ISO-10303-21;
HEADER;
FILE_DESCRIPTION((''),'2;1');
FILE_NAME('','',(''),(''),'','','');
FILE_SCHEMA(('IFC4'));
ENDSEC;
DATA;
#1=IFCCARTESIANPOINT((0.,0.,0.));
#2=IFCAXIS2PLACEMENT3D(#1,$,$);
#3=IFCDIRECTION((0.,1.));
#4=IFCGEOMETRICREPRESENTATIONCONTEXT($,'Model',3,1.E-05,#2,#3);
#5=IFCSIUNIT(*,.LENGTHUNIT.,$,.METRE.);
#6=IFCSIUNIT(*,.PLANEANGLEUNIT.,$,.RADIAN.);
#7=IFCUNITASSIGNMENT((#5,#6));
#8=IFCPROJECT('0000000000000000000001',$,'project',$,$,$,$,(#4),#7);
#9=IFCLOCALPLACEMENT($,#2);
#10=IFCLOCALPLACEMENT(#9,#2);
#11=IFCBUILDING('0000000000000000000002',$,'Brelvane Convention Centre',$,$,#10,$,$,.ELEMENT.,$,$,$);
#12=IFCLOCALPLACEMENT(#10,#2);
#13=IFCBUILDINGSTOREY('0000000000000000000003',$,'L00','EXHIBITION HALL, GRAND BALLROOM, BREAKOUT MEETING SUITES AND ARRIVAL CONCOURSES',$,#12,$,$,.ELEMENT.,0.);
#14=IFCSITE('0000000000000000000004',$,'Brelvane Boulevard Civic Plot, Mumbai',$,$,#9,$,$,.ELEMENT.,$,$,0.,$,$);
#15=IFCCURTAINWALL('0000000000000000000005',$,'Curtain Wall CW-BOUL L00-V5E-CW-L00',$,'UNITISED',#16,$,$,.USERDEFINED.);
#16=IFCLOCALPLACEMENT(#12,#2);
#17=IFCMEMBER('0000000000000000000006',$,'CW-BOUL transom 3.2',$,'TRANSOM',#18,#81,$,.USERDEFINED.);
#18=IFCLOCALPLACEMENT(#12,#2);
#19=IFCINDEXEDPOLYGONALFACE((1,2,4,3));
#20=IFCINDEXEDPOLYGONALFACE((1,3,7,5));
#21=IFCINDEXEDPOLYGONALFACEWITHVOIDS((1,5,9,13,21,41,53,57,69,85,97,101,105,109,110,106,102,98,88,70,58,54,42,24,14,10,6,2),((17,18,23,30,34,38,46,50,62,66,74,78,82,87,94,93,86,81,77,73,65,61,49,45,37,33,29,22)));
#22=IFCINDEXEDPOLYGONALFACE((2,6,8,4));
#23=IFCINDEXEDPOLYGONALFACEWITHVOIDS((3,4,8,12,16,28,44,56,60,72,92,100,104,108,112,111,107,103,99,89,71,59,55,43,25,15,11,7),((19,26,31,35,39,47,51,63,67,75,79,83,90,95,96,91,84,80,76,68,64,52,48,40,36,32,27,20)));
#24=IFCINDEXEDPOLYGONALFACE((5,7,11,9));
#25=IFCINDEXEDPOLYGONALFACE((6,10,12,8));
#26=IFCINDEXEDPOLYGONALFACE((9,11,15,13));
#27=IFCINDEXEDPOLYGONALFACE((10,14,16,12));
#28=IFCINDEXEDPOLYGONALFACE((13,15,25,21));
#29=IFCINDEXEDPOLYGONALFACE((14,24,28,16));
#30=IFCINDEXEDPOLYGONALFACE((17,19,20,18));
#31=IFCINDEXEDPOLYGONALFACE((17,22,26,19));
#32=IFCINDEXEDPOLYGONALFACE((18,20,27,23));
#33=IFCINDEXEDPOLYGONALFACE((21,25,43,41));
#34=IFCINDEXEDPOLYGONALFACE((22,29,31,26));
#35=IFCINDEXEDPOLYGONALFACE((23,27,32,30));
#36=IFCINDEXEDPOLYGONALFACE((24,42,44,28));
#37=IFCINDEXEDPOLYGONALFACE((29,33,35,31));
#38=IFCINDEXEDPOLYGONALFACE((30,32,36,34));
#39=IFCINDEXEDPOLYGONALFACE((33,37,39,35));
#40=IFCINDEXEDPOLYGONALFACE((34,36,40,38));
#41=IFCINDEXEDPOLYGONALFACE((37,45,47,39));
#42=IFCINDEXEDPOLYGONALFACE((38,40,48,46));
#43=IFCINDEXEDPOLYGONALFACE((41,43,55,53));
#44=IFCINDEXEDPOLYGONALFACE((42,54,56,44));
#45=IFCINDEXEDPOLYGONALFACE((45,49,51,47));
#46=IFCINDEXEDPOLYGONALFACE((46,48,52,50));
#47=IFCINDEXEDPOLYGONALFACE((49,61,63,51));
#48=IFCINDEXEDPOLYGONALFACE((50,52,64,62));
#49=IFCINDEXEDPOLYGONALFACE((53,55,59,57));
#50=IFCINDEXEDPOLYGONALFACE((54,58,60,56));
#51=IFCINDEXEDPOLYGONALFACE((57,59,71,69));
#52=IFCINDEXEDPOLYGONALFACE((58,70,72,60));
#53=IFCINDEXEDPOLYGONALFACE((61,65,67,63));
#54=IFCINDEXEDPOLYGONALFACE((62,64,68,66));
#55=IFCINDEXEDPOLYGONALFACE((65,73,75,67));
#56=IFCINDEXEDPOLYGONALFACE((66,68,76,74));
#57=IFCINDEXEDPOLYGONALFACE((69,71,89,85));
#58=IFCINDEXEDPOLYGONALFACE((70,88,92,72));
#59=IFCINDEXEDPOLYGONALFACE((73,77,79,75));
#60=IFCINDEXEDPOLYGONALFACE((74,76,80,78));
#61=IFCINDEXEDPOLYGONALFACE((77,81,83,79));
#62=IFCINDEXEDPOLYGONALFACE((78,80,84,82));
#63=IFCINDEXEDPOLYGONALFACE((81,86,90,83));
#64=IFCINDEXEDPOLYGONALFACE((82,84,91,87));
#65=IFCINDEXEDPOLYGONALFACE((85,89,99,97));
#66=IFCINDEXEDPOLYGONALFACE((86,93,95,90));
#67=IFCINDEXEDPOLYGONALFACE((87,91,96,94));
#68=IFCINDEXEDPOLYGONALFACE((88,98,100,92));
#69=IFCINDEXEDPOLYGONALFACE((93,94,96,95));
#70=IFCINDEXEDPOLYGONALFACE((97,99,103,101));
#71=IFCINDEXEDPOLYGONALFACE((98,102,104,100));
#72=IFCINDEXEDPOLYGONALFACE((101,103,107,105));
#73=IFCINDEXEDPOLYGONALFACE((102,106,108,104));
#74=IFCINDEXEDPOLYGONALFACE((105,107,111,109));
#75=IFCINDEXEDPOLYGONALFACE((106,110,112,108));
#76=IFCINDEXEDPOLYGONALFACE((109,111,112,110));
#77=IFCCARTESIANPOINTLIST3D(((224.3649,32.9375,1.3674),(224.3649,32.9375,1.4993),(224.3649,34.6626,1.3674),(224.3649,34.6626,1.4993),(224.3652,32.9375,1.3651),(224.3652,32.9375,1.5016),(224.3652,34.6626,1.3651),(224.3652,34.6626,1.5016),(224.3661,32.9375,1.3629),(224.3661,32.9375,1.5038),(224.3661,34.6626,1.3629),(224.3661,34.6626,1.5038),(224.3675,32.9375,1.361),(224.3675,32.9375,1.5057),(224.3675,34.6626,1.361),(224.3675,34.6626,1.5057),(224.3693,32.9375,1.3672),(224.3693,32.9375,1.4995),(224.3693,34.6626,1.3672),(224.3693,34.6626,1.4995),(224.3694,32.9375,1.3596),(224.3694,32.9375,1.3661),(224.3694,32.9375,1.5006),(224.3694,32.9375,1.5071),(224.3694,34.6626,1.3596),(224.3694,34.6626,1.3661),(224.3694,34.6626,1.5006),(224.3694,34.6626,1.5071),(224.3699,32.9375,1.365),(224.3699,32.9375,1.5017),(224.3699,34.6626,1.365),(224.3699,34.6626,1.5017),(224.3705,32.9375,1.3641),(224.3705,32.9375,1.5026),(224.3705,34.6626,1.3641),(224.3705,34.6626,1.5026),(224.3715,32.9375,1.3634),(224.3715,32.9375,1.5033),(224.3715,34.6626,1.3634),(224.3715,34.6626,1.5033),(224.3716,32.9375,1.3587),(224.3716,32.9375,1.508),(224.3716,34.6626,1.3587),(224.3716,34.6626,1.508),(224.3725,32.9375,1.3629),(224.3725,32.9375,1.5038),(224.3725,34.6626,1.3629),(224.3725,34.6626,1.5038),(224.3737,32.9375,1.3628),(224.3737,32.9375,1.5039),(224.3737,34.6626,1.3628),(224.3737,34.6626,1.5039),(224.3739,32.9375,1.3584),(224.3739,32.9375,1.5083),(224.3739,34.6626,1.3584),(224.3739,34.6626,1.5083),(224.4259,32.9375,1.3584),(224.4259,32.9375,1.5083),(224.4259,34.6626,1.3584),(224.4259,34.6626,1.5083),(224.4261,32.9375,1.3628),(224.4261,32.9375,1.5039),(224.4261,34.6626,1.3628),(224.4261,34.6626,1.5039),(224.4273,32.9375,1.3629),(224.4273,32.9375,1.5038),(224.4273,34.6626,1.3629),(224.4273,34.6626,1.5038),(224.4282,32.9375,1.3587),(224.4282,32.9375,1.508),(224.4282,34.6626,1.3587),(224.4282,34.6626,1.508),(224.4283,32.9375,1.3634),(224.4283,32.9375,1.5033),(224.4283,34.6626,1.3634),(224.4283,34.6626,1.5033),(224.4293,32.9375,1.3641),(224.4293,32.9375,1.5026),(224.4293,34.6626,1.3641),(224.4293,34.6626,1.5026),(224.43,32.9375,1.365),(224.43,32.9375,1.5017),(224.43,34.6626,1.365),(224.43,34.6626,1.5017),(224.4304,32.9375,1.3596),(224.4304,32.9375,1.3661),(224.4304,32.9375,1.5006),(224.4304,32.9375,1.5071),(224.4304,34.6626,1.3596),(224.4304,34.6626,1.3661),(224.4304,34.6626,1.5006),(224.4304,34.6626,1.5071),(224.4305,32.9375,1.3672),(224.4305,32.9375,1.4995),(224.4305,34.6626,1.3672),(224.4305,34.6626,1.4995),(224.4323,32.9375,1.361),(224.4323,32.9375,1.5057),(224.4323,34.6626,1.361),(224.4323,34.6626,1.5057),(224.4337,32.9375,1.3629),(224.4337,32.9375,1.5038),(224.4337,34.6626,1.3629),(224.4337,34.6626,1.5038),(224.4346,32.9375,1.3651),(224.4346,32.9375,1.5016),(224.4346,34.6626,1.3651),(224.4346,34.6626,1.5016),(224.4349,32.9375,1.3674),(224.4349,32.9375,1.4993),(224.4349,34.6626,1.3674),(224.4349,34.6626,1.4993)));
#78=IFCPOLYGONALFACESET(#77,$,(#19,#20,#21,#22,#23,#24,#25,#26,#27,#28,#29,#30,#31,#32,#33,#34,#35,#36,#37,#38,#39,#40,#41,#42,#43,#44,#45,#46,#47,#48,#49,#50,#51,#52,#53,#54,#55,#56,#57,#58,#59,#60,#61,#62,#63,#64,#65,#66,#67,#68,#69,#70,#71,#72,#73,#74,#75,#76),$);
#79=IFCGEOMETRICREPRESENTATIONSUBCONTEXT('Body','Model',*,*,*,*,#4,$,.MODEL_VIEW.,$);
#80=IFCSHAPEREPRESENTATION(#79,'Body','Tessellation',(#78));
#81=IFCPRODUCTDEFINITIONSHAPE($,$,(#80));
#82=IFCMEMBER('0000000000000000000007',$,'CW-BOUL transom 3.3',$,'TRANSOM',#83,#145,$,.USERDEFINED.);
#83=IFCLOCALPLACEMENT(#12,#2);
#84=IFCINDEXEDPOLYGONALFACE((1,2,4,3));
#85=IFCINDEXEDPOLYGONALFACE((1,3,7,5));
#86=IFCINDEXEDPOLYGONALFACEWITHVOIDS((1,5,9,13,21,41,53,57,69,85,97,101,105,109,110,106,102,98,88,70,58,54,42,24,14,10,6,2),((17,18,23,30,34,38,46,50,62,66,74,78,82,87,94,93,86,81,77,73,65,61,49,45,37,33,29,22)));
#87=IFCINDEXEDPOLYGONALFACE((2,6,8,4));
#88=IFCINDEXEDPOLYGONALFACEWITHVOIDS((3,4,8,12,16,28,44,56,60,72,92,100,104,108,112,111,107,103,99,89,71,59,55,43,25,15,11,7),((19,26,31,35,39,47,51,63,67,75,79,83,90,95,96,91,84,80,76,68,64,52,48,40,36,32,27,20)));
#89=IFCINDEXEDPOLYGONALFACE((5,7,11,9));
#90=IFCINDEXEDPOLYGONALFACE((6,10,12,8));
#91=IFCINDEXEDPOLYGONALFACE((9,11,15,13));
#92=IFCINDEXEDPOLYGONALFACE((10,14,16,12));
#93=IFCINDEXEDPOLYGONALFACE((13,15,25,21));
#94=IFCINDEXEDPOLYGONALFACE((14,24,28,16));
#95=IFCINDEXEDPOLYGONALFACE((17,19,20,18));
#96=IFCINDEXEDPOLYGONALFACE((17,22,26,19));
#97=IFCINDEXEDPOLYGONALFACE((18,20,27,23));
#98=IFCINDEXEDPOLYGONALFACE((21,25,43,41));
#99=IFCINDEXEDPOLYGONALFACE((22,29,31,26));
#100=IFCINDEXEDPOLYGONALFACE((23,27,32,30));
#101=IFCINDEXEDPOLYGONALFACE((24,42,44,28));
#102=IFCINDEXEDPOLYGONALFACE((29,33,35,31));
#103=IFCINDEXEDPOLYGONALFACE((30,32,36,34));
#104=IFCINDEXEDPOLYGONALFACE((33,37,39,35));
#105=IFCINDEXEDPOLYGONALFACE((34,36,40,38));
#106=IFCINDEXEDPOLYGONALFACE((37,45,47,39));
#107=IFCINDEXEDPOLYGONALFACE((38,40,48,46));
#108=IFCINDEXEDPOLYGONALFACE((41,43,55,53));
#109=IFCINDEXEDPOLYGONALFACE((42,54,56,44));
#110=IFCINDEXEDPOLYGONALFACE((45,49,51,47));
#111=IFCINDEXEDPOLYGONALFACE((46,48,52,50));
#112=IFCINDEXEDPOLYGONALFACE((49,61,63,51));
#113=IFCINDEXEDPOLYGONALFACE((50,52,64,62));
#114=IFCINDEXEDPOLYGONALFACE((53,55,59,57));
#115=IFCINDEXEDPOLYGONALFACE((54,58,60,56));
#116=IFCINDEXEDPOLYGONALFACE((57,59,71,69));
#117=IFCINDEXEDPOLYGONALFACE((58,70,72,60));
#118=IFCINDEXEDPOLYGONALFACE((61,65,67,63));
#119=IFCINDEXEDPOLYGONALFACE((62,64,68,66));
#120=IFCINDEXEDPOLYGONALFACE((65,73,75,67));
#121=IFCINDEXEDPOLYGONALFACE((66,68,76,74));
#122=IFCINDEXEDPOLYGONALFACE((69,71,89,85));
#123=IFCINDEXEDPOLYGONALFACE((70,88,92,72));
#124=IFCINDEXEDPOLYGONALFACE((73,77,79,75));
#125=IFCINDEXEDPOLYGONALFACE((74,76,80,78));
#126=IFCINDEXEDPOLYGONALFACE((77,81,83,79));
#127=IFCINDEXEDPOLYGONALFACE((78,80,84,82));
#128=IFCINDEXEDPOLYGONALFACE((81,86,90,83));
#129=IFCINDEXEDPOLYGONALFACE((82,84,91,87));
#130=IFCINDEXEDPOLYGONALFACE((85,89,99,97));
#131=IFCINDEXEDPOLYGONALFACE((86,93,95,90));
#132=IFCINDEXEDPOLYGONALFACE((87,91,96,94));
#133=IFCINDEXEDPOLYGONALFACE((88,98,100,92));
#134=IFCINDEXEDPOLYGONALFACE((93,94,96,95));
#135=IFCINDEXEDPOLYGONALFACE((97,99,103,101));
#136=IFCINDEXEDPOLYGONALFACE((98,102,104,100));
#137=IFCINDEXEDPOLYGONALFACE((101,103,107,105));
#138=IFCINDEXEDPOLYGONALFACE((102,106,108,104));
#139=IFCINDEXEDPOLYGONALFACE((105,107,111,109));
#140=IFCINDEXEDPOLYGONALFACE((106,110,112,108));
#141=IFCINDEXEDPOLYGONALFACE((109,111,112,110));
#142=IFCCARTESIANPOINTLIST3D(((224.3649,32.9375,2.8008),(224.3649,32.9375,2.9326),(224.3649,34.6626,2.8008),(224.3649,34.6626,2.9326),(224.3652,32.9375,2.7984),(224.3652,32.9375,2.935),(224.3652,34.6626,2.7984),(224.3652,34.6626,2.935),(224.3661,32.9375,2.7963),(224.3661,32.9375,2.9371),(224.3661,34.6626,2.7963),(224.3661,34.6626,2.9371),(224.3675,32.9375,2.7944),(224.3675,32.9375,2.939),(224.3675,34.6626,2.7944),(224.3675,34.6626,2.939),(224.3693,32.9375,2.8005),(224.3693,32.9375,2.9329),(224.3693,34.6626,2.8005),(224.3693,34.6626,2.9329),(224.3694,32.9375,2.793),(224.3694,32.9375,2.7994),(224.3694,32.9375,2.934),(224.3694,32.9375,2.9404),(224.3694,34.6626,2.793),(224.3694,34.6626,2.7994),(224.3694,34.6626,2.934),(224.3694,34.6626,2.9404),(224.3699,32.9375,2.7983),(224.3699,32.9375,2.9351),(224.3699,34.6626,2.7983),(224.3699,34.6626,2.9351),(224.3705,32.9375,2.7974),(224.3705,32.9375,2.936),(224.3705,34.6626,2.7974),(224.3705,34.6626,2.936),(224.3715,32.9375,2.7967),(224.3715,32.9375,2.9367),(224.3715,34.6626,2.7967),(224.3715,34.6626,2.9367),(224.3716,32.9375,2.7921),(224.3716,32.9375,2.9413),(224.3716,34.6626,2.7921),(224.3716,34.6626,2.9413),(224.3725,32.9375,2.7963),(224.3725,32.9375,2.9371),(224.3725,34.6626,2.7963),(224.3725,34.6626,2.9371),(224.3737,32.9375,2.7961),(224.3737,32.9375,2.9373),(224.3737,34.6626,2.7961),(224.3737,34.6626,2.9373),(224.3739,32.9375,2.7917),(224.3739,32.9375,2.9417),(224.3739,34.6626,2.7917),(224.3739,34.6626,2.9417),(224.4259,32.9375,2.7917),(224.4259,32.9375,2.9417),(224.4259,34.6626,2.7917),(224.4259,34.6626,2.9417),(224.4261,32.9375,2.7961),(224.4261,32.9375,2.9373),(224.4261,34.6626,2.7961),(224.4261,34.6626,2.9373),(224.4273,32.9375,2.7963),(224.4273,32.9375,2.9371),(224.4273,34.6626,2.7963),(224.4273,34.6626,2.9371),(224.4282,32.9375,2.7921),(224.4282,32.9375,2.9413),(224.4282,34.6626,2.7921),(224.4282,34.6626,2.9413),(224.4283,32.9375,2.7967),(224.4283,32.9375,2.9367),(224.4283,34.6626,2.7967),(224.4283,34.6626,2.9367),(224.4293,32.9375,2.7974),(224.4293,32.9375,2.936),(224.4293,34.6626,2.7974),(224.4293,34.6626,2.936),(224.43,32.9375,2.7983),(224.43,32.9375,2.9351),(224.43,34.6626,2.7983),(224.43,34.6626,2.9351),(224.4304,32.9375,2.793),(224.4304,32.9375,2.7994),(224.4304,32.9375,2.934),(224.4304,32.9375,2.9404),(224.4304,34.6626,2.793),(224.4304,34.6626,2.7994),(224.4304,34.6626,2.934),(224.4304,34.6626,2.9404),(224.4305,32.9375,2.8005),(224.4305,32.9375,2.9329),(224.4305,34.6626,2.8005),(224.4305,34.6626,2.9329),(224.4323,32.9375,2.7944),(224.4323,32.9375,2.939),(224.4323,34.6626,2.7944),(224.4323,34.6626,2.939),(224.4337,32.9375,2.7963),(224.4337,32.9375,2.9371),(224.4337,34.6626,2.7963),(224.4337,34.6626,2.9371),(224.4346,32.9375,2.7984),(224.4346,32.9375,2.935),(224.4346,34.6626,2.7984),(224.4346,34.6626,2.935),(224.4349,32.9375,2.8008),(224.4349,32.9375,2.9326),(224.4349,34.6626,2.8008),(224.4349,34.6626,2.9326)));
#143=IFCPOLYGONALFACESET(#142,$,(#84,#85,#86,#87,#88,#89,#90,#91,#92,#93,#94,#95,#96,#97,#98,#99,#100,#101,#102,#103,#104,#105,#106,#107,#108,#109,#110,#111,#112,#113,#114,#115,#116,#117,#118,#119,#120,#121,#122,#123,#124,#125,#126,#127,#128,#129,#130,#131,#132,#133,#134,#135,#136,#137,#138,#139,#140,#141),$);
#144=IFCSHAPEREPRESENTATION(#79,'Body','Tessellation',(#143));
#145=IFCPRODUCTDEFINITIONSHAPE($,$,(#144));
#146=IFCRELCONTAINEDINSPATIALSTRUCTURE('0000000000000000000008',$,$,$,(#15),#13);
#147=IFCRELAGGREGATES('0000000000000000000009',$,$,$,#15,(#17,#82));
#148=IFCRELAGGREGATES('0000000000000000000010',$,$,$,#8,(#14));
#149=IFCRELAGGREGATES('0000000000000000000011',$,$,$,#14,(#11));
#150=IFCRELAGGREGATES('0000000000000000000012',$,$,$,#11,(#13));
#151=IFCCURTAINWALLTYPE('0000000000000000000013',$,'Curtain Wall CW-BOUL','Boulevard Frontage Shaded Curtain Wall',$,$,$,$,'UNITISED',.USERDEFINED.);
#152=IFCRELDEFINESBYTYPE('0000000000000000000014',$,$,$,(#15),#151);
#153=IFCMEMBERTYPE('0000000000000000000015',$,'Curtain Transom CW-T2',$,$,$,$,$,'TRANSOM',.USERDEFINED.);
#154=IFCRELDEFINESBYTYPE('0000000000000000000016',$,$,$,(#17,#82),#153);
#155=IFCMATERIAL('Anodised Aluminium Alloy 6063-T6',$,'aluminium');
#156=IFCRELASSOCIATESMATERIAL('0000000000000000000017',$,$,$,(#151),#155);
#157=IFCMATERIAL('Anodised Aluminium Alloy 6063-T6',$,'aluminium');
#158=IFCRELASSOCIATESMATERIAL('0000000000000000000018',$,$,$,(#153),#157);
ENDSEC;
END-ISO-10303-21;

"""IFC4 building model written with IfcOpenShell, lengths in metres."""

from ifc_helpers import new_model, si_unit, direction, frame, origin, origin_2d, place, context, subcontext, project, spatial, hollow_rectangle, extrude, material, material_profile, profile_set, type_object, element, aggregate, save


model = new_model("IFC4")

# Units and contexts
model_context = context("Model", 3, precision=1e-05, world=origin(), true_north=direction((0.0, 1.0)))
body_context = subcontext(model_context, "Body", "Model", "MODEL_VIEW")
ifc_project = project(units=[si_unit("LENGTHUNIT", "METRE"), si_unit("PLANEANGLEUNIT", "RADIAN")], contexts=[model_context])

# Site, building, storey
site_placement = place(None, origin())
site = spatial("IfcSite", under=ifc_project, at=site_placement, Name="Brelvane Boulevard Civic Plot, Mumbai", CompositionType="ELEMENT", RefElevation=0.0)
building_placement = place(site_placement, origin())
building = spatial("IfcBuilding", under=site, at=building_placement, Name="Brelvane Convention Centre", CompositionType="ELEMENT")
storey_placement = place(building_placement, origin())
storey = spatial("IfcBuildingStorey", under=building, at=storey_placement, Name="L00", Description="EXHIBITION HALL, GRAND BALLROOM, BREAKOUT MEETING SUITES AND ARRIVAL CONCOURSES", CompositionType="ELEMENT", Elevation=0.0)

# Curtain wall, members
ifc_material_1 = material(Name="Anodised Aluminium Alloy 6063-T6", Category="aluminium")
curtain_wall_type = type_object("IfcCurtainWallType", Name="Curtain Wall CW-BOUL", Description="Boulevard Frontage Shaded Curtain Wall", ElementType="UNITISED", PredefinedType="USERDEFINED", material=ifc_material_1)
curtain_wall_placement = place(storey_placement, origin())
curtain_wall = element("IfcCurtainWall", 1, at=curtain_wall_placement, inside=storey, type_object=curtain_wall_type, Name="Curtain Wall CW-BOUL L00-V5E-CW-L00", ObjectType="UNITISED", PredefinedType="USERDEFINED")
ifc_material_2 = material(Name="Anodised Aluminium Alloy 6063-T6", Category="aluminium")
ifc_material_profile_1 = material_profile(ifc_material_2, hollow_rectangle(XDim=0.0701, YDim=0.1499, WallThickness=0.0044, InnerFilletRadius=0.0044, OuterFilletRadius=0.009, at=origin_2d()), Name="ALU-T 150x70x4.5")
ifc_profile_set_1 = profile_set([ifc_material_profile_1], Name="Anodised Aluminium Alloy 6063-T6")
member_type_1 = type_object("IfcMemberType", Name="Curtain Transom CW-T2", ElementType="TRANSOM", PredefinedType="USERDEFINED", material=ifc_profile_set_1)
member_1_placement = place(storey_placement, frame((224.3999, 32.9375, 1.4333), z_axis=(0.0, 1.0, 0.0), x_axis=(-1.0, 0.0, 0.0)))
member_1 = element("IfcMember", 2, at=member_1_placement, type_object=member_type_1, Name="CW-BOUL transom 3.2", ObjectType="TRANSOM", PredefinedType="USERDEFINED", context=body_context, shape_type="SweptSolid", body=[
    extrude(hollow_rectangle(XDim=0.0701, YDim=0.1499, WallThickness=0.0044, InnerFilletRadius=0.0044, OuterFilletRadius=0.009, at=origin_2d()), origin(), (0.0, 0.0, 1.0), 1.7251),
])
member_2_placement = place(storey_placement, frame((224.3999, 32.9375, 2.8667), z_axis=(0.0, 1.0, 0.0), x_axis=(-1.0, 0.0, 0.0)))
member_2 = element("IfcMember", 3, at=member_2_placement, type_object=member_type_1, Name="CW-BOUL transom 3.3", ObjectType="TRANSOM", PredefinedType="USERDEFINED", context=body_context, shape_type="SweptSolid", body=[
    extrude(hollow_rectangle(XDim=0.0701, YDim=0.1499, WallThickness=0.0044, InnerFilletRadius=0.0044, OuterFilletRadius=0.009, at=origin_2d()), origin(), (0.0, 0.0, 1.0), 1.7251),
])

aggregate(curtain_wall, [member_1, member_2])

save(model, "model.ifc")
